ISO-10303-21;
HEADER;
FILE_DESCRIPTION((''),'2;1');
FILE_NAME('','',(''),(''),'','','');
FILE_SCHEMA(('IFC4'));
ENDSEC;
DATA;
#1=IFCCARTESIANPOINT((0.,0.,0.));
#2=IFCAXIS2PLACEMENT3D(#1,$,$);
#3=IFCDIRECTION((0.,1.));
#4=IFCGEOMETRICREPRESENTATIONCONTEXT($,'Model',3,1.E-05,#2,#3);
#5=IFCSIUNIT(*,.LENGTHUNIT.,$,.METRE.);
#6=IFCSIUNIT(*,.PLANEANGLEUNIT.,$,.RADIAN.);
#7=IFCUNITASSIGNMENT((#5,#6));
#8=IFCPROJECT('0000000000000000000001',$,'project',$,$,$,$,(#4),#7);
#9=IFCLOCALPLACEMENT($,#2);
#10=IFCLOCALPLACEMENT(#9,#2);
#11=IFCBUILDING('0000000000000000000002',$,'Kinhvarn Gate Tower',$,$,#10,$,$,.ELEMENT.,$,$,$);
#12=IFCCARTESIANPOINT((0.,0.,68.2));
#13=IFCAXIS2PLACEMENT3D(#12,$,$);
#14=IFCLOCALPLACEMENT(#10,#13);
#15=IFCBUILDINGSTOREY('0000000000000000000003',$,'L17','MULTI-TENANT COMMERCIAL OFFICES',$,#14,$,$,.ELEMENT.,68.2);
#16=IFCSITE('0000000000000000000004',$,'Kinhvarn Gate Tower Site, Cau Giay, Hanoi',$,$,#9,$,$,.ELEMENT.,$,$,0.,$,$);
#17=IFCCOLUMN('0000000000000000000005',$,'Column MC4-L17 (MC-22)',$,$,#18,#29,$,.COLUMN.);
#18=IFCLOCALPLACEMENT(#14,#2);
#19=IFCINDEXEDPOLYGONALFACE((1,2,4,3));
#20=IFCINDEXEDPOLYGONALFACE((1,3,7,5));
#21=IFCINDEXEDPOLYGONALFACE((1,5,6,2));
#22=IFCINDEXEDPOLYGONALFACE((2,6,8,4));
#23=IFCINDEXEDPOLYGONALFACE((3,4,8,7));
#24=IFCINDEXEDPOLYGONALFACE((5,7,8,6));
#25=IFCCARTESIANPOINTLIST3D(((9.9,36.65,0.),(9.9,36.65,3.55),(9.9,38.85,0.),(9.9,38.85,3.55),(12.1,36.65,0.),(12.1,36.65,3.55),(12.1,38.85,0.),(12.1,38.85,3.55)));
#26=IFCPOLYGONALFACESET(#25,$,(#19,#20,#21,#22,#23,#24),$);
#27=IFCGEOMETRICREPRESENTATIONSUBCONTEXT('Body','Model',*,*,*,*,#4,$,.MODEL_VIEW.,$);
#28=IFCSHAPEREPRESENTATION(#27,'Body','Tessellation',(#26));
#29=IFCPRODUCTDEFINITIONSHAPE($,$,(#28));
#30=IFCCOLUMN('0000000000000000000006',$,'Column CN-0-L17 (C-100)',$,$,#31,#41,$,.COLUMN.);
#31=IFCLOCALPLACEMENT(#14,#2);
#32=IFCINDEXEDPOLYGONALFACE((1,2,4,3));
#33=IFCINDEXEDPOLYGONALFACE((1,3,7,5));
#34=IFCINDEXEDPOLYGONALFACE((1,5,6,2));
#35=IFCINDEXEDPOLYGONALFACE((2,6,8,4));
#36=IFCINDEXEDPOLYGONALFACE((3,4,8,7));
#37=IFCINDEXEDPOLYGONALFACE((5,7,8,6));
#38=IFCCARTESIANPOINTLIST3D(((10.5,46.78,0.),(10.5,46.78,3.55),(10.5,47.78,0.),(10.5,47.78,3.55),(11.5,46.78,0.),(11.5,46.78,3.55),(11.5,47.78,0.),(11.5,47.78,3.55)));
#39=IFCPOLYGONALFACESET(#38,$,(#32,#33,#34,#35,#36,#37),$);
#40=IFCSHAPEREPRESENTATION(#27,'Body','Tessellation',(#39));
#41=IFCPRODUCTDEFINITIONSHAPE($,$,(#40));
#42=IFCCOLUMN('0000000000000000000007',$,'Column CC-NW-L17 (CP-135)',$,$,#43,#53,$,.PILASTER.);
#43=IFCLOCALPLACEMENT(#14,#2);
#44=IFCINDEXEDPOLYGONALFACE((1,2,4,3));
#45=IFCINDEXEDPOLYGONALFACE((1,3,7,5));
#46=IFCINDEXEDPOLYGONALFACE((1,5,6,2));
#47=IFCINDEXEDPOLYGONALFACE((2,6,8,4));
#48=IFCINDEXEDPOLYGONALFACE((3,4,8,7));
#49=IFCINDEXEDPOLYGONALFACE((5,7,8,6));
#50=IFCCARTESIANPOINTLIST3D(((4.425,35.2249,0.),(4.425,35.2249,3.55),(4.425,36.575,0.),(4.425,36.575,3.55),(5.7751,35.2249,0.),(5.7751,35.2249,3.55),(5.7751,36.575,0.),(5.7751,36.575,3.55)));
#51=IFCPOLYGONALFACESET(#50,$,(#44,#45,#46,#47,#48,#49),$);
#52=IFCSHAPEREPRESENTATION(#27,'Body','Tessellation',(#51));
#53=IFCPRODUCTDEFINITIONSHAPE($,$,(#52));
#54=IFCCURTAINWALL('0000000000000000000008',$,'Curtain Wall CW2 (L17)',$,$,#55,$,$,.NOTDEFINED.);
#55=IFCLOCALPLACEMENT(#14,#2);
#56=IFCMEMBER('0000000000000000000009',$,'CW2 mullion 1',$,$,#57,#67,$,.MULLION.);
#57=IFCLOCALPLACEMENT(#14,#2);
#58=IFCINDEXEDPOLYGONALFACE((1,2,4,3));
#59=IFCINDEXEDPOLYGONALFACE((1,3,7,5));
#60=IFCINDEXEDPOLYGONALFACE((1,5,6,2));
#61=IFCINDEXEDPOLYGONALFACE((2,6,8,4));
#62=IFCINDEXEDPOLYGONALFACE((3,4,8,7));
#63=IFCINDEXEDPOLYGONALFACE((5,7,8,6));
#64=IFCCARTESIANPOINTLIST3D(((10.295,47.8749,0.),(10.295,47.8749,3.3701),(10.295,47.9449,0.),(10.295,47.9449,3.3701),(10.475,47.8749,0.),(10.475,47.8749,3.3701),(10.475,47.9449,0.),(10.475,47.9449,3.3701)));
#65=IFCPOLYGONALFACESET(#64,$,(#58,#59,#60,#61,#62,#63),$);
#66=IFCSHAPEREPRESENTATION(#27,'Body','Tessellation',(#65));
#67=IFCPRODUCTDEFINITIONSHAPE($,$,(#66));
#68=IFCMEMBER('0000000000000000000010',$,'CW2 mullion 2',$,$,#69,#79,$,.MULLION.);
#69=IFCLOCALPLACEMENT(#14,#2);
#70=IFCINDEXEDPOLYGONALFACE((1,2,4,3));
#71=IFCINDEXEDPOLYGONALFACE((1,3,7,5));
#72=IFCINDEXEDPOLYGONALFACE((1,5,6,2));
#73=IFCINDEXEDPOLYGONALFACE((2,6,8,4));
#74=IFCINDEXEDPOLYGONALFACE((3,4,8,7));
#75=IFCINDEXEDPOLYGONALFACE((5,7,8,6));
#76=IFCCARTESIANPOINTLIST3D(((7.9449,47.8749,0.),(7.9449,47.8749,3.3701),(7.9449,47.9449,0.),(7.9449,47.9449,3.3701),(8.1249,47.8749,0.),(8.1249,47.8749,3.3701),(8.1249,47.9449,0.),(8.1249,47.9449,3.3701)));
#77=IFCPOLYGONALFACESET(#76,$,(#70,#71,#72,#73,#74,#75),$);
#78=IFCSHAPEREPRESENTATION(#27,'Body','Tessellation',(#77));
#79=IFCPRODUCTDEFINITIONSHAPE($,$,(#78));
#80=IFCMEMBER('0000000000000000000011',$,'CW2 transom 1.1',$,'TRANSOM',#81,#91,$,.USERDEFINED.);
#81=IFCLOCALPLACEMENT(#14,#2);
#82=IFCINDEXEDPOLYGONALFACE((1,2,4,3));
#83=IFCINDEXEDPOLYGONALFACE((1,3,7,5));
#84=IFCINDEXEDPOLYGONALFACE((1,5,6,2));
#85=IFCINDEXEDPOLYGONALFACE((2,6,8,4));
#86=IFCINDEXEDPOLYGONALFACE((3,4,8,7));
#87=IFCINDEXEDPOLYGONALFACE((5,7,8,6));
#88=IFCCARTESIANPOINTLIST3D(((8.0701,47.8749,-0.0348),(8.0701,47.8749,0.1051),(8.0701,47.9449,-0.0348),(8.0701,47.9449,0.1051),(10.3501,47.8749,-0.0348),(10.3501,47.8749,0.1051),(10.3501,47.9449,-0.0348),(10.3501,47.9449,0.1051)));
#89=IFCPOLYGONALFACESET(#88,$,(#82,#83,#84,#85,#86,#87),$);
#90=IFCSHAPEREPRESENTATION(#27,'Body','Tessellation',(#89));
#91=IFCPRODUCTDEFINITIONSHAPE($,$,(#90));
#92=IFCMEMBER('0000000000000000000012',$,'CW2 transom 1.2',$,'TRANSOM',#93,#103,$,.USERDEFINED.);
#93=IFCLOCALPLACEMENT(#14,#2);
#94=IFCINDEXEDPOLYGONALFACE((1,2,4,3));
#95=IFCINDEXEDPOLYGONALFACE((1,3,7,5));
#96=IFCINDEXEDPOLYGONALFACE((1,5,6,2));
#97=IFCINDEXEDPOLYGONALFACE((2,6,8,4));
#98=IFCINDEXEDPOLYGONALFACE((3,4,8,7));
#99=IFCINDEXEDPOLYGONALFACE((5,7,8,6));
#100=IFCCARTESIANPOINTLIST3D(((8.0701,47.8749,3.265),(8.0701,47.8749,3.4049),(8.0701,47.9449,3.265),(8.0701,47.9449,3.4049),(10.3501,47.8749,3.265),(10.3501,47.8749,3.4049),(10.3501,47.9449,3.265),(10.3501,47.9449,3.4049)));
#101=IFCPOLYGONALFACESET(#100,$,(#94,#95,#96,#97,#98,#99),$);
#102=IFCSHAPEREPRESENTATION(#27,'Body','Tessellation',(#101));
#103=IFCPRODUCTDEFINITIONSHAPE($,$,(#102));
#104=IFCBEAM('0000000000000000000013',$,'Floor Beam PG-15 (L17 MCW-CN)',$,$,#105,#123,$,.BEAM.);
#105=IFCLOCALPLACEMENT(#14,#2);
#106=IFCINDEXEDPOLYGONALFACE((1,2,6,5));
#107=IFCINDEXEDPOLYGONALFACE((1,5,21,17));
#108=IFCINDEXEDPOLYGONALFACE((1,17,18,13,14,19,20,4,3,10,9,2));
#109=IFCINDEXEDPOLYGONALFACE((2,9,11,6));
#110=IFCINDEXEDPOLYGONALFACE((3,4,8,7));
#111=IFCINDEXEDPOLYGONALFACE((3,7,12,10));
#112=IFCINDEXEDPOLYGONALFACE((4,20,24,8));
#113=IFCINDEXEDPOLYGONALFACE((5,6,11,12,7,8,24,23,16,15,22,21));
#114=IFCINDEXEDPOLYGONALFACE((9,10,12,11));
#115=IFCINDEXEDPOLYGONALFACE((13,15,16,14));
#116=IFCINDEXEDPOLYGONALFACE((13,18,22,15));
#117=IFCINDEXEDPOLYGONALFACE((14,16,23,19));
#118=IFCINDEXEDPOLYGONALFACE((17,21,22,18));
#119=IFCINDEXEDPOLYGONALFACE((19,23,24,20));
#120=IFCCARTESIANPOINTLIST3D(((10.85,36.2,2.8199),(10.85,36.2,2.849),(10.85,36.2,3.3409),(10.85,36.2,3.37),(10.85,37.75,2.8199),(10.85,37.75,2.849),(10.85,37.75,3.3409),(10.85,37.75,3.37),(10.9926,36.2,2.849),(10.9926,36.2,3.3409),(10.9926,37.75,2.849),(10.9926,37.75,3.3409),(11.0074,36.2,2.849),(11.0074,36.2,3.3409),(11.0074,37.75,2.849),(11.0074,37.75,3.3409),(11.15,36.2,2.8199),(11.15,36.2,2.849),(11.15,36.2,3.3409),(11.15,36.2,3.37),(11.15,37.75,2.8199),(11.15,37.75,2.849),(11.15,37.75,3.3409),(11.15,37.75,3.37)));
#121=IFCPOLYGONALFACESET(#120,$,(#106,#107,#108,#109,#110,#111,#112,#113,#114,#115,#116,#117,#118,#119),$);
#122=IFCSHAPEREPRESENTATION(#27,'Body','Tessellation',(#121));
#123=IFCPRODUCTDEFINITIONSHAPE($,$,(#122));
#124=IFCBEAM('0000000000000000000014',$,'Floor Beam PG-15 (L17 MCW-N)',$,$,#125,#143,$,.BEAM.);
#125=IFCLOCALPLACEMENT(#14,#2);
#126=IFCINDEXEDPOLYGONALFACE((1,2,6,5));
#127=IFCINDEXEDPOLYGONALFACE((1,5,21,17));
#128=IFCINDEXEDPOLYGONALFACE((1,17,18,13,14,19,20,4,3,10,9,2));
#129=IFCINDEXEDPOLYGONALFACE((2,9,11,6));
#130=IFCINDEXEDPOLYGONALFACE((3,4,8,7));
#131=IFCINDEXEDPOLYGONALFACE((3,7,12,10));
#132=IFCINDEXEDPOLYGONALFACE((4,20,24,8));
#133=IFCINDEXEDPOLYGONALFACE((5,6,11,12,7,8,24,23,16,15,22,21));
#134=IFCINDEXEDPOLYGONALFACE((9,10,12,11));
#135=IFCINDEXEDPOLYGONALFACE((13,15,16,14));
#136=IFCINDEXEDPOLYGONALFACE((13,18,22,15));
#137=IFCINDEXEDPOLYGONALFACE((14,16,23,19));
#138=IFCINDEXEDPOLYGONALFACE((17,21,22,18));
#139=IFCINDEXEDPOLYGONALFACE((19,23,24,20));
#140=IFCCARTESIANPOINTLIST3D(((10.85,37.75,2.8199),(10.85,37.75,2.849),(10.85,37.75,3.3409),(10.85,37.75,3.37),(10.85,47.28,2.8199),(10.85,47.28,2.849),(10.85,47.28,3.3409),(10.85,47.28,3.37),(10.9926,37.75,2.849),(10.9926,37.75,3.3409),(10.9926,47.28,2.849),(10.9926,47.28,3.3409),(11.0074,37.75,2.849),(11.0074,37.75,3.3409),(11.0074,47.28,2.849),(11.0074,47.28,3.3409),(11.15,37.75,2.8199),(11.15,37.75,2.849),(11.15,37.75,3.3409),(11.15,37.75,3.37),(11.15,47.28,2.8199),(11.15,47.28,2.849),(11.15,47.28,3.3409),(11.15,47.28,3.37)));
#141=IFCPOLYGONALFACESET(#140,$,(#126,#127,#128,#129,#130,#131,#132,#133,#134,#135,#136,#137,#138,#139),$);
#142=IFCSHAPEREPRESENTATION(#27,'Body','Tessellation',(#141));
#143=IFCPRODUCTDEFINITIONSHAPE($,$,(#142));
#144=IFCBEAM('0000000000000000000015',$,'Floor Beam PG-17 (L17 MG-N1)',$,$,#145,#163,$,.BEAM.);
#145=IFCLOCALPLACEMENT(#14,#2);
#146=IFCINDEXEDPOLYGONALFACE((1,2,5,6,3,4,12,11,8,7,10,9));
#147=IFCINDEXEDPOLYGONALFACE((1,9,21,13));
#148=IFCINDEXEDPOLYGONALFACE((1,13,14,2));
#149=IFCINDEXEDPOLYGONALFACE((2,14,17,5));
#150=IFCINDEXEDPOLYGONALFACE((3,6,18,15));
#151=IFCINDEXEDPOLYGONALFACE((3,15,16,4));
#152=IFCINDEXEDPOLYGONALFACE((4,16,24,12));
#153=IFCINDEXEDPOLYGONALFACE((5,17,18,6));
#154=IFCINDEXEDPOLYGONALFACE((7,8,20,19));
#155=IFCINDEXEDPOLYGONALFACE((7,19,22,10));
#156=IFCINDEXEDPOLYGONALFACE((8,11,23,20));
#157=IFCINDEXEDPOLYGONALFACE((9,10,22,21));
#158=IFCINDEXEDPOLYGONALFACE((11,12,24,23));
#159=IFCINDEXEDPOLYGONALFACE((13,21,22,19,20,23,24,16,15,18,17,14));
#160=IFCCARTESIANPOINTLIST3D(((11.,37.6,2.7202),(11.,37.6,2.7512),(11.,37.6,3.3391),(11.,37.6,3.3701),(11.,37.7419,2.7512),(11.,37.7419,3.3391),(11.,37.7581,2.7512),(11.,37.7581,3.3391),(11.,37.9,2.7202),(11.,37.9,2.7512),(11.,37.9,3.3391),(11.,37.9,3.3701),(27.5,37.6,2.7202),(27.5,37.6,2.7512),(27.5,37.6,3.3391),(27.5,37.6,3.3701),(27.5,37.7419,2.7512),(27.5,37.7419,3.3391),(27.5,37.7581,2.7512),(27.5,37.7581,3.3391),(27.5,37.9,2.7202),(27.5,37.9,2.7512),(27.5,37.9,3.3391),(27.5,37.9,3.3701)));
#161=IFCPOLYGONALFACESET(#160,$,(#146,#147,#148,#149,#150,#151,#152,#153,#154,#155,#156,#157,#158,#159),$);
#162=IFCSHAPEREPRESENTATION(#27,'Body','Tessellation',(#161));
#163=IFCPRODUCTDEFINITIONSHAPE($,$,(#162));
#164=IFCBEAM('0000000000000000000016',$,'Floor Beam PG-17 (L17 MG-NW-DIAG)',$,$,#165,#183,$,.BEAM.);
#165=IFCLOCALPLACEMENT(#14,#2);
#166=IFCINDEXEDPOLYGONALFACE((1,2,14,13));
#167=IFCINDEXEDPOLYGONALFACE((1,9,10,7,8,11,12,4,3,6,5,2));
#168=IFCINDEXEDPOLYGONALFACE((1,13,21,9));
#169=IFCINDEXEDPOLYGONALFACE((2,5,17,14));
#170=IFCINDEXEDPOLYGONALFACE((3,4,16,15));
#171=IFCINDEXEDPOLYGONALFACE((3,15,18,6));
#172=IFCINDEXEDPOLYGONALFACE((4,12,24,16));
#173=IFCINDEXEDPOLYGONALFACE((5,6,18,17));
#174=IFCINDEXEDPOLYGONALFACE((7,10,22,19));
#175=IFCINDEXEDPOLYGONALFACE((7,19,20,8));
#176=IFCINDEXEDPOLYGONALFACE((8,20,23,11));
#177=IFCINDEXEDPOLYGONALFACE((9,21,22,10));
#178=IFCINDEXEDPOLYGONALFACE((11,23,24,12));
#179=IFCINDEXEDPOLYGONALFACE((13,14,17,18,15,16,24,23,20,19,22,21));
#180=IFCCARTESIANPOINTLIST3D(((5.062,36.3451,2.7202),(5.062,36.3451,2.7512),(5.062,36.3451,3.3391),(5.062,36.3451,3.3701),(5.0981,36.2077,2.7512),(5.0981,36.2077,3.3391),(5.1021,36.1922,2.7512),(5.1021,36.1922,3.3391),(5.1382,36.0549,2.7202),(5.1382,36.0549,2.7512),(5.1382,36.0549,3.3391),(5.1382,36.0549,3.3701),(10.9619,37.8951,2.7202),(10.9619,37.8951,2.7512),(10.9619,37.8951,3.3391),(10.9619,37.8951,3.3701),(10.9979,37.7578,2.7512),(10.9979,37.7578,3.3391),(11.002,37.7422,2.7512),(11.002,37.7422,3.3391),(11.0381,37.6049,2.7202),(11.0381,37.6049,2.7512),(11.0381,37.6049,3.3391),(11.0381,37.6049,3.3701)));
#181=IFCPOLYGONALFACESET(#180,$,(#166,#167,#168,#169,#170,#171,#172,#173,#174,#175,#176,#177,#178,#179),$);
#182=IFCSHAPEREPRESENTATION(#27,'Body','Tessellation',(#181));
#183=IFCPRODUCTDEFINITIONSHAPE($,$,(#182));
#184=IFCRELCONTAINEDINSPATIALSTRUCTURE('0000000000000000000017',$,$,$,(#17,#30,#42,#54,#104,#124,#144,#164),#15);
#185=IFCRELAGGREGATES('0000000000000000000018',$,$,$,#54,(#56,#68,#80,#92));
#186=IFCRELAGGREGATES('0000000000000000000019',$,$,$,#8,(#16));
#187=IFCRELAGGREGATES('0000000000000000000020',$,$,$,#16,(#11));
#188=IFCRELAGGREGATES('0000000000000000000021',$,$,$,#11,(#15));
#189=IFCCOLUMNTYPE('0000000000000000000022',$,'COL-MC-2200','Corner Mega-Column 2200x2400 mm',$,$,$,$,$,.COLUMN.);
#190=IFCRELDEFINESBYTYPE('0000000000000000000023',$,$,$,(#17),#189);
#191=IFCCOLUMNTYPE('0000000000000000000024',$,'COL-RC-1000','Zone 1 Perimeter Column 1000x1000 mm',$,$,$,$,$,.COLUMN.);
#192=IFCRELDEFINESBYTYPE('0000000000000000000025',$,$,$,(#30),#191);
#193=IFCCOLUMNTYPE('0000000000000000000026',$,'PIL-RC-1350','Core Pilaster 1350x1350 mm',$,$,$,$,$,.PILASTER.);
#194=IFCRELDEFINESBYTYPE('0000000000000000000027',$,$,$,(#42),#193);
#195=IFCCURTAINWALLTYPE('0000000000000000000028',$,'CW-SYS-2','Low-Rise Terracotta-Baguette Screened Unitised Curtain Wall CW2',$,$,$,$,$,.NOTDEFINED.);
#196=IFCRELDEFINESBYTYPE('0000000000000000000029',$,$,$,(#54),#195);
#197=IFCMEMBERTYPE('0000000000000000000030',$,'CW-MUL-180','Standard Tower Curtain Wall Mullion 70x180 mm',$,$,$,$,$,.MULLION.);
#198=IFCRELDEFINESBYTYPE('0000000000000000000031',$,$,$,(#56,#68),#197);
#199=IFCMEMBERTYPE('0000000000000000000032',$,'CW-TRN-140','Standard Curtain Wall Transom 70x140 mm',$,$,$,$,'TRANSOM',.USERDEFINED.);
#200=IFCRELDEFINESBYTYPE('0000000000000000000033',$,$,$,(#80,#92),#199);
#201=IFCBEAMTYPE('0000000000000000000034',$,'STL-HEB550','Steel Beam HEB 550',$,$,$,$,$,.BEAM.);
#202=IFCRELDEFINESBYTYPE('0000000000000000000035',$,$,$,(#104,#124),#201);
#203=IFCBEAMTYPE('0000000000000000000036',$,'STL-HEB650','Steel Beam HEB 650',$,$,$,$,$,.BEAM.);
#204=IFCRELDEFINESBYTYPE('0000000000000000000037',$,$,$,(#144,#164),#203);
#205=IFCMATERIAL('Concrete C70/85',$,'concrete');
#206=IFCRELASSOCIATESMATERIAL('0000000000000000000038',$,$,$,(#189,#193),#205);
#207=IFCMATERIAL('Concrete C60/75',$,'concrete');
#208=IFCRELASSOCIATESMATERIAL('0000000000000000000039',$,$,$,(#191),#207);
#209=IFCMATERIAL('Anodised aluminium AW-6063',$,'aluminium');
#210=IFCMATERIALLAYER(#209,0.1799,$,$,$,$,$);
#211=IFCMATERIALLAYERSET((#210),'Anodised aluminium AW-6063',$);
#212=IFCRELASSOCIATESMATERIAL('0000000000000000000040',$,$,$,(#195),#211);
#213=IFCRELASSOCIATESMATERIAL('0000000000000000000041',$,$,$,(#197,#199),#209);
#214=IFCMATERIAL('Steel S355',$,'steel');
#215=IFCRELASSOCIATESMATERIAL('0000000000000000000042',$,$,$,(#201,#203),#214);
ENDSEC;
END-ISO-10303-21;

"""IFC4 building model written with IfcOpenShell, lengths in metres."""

from ifc_helpers import new_model, si_unit, direction, frame, origin, origin_2d, place, context, subcontext, project, spatial, rectangle, i_section, extrude, material, layer, layer_set, material_profile, profile_set, type_object, element, aggregate, save


model = new_model("IFC4")

# Units and contexts
model_context = context("Model", 3, precision=1e-05, world=origin(), true_north=direction((0.0, 1.0)))
body_context = subcontext(model_context, "Body", "Model", "MODEL_VIEW")
ifc_project = project(units=[si_unit("LENGTHUNIT", "METRE"), si_unit("PLANEANGLEUNIT", "RADIAN")], contexts=[model_context])

# Site, building, storey
site_placement = place(None, origin())
site = spatial("IfcSite", under=ifc_project, at=site_placement, Name="Kinhvarn Gate Tower Site, Cau Giay, Hanoi", CompositionType="ELEMENT", RefElevation=0.0)
building_placement = place(site_placement, origin())
building = spatial("IfcBuilding", under=site, at=building_placement, Name="Kinhvarn Gate Tower", CompositionType="ELEMENT")
storey_placement = place(building_placement, frame((0.0, 0.0, 68.2)))
storey = spatial("IfcBuildingStorey", under=building, at=storey_placement, Name="L17", Description="MULTI-TENANT COMMERCIAL OFFICES", CompositionType="ELEMENT", Elevation=68.2)

# Columns
ifc_material_1 = material(Name="Concrete C70/85", Category="concrete")
ifc_material_profile_1 = material_profile(ifc_material_1, rectangle(XDim=2.2, YDim=2.2, at=origin_2d()), Name="RC 2200x2200")
ifc_profile_set_1 = profile_set([ifc_material_profile_1], Name="Concrete C70/85")
column_type_1 = type_object("IfcColumnType", Name="COL-MC-2200", Description="Corner Mega-Column 2200x2400 mm", PredefinedType="COLUMN", material=ifc_profile_set_1)
column_1_placement = place(storey_placement, frame((11.0, 37.75, 0.0), z_axis=(0.0, 0.0, 1.0), x_axis=(1.0, 0.0, 0.0)))
element("IfcColumn", 1, at=column_1_placement, inside=storey, type_object=column_type_1, Name="Column MC4-L17 (MC-22)", PredefinedType="COLUMN", context=body_context, shape_type="SweptSolid", body=[
    extrude(rectangle(XDim=2.2, YDim=2.2, at=origin_2d()), origin(), (0.0, 0.0, 1.0), 3.55),
])
ifc_material_2 = material(Name="Concrete C60/75", Category="concrete")
ifc_material_profile_2 = material_profile(ifc_material_2, rectangle(XDim=1.0, YDim=1.0, at=origin_2d()), Name="RC 1000x1000")
ifc_profile_set_2 = profile_set([ifc_material_profile_2], Name="Concrete C60/75")
column_type_2 = type_object("IfcColumnType", Name="COL-RC-1000", Description="Zone 1 Perimeter Column 1000x1000 mm", PredefinedType="COLUMN", material=ifc_profile_set_2)
column_2_placement = place(storey_placement, frame((11.0, 47.28, 0.0), z_axis=(0.0, 0.0, 1.0), x_axis=(1.0, 0.0, 0.0)))
element("IfcColumn", 2, at=column_2_placement, inside=storey, type_object=column_type_2, Name="Column CN-0-L17 (C-100)", PredefinedType="COLUMN", context=body_context, shape_type="SweptSolid", body=[
    extrude(rectangle(XDim=1.0, YDim=1.0, at=origin_2d()), origin(), (0.0, 0.0, 1.0), 3.55),
])
ifc_material_profile_3 = material_profile(ifc_material_1, rectangle(XDim=1.3501, YDim=1.3501, at=origin_2d()), Name="RC 1350x1350")
ifc_profile_set_3 = profile_set([ifc_material_profile_3], Name="Concrete C70/85")
column_type_3 = type_object("IfcColumnType", Name="PIL-RC-1350", Description="Core Pilaster 1350x1350 mm", PredefinedType="PILASTER", material=ifc_profile_set_3)
column_3_placement = place(storey_placement, frame((5.1001, 35.8999, 0.0), z_axis=(0.0, 0.0, 1.0), x_axis=(1.0, 0.0, 0.0)))
element("IfcColumn", 3, at=column_3_placement, inside=storey, type_object=column_type_3, Name="Column CC-NW-L17 (CP-135)", PredefinedType="PILASTER", context=body_context, shape_type="SweptSolid", body=[
    extrude(rectangle(XDim=1.3501, YDim=1.3501, at=origin_2d()), origin(), (0.0, 0.0, 1.0), 3.55),
])

# Curtain wall, members
ifc_material_3 = material(Name="Anodised aluminium AW-6063", Category="aluminium")
ifc_layer_1 = layer(ifc_material_3, 0.1799)
ifc_layer_set_1 = layer_set([ifc_layer_1], Name="Anodised aluminium AW-6063")
curtain_wall_type = type_object("IfcCurtainWallType", Name="CW-SYS-2", Description="Low-Rise Terracotta-Baguette Screened Unitised Curtain Wall CW2", PredefinedType="NOTDEFINED", material=ifc_layer_set_1)
curtain_wall_placement = place(storey_placement, origin())
curtain_wall = element("IfcCurtainWall", 4, at=curtain_wall_placement, inside=storey, type_object=curtain_wall_type, Name="Curtain Wall CW2 (L17)", PredefinedType="NOTDEFINED")
ifc_material_profile_4 = material_profile(ifc_material_3, rectangle(XDim=0.0701, YDim=0.1799, at=origin_2d()), Name="ALU 70x180")
ifc_profile_set_4 = profile_set([ifc_material_profile_4], Name="Anodised aluminium AW-6063")
member_type_1 = type_object("IfcMemberType", Name="CW-MUL-180", Description="Standard Tower Curtain Wall Mullion 70x180 mm", PredefinedType="MULLION", material=ifc_profile_set_4)
member_1_placement = place(storey_placement, frame((10.385, 47.9099, 0.0), z_axis=(0.0, 0.0, 1.0), x_axis=(0.0, -1.0, 0.0)))
member_1 = element("IfcMember", 5, at=member_1_placement, type_object=member_type_1, Name="CW2 mullion 1", PredefinedType="MULLION", context=body_context, shape_type="SweptSolid", body=[
    extrude(rectangle(XDim=0.0701, YDim=0.1799, at=origin_2d()), origin(), (0.0, 0.0, 1.0), 3.3701),
])
member_2_placement = place(storey_placement, frame((8.0349, 47.9099, 0.0), z_axis=(0.0, 0.0, 1.0), x_axis=(0.0, -1.0, 0.0)))
member_2 = element("IfcMember", 6, at=member_2_placement, type_object=member_type_1, Name="CW2 mullion 2", PredefinedType="MULLION", context=body_context, shape_type="SweptSolid", body=[
    extrude(rectangle(XDim=0.0701, YDim=0.1799, at=origin_2d()), origin(), (0.0, 0.0, 1.0), 3.3701),
])
ifc_material_profile_5 = material_profile(ifc_material_3, rectangle(XDim=0.0701, YDim=0.1399, at=origin_2d()), Name="ALU 70x140")
ifc_profile_set_5 = profile_set([ifc_material_profile_5], Name="Anodised aluminium AW-6063")
member_type_2 = type_object("IfcMemberType", Name="CW-TRN-140", Description="Standard Curtain Wall Transom 70x140 mm", ElementType="TRANSOM", PredefinedType="USERDEFINED", material=ifc_profile_set_5)
member_3_placement = place(storey_placement, frame((10.3501, 47.9099, 0.0352), z_axis=(-1.0, 0.0, 0.0), x_axis=(0.0, -1.0, 0.0)))
member_3 = element("IfcMember", 7, at=member_3_placement, type_object=member_type_2, Name="CW2 transom 1.1", ObjectType="TRANSOM", PredefinedType="USERDEFINED", context=body_context, shape_type="SweptSolid", body=[
    extrude(rectangle(XDim=0.0701, YDim=0.1399, at=origin_2d()), origin(), (0.0, 0.0, 1.0), 2.28),
])
member_4_placement = place(storey_placement, frame((10.3501, 47.9099, 3.335), z_axis=(-1.0, 0.0, 0.0), x_axis=(0.0, -1.0, 0.0)))
member_4 = element("IfcMember", 8, at=member_4_placement, type_object=member_type_2, Name="CW2 transom 1.2", ObjectType="TRANSOM", PredefinedType="USERDEFINED", context=body_context, shape_type="SweptSolid", body=[
    extrude(rectangle(XDim=0.0701, YDim=0.1399, at=origin_2d()), origin(), (0.0, 0.0, 1.0), 2.28),
])

# Beams
ifc_material_4 = material(Name="Steel S355", Category="steel")
ifc_material_profile_6 = material_profile(ifc_material_4, i_section(OverallWidth=0.3, OverallDepth=0.55, WebThickness=0.0149, FlangeThickness=0.0291, at=origin_2d()), Name="HEB 550")
ifc_profile_set_6 = profile_set([ifc_material_profile_6], Name="Steel S355")
beam_type_1 = type_object("IfcBeamType", Name="STL-HEB550", Description="Steel Beam HEB 550", PredefinedType="BEAM", material=ifc_profile_set_6)
beam_1_placement = place(storey_placement, frame((11.0, 36.2, 3.095), z_axis=(0.0, 1.0, 0.0), x_axis=(-1.0, 0.0, 0.0)))
element("IfcBeam", 9, at=beam_1_placement, inside=storey, type_object=beam_type_1, Name="Floor Beam PG-15 (L17 MCW-CN)", PredefinedType="BEAM", context=body_context, shape_type="SweptSolid", body=[
    extrude(i_section(OverallWidth=0.3, OverallDepth=0.55, WebThickness=0.0149, FlangeThickness=0.0291, at=origin_2d()), origin(), (0.0, 0.0, 1.0), 1.55),
])
beam_2_placement = place(storey_placement, frame((11.0, 37.75, 3.095), z_axis=(0.0, 1.0, 0.0), x_axis=(-1.0, 0.0, 0.0)))
element("IfcBeam", 10, at=beam_2_placement, inside=storey, type_object=beam_type_1, Name="Floor Beam PG-15 (L17 MCW-N)", PredefinedType="BEAM", context=body_context, shape_type="SweptSolid", body=[
    extrude(i_section(OverallWidth=0.3, OverallDepth=0.55, WebThickness=0.0149, FlangeThickness=0.0291, at=origin_2d()), origin(), (0.0, 0.0, 1.0), 9.53),
])
ifc_material_profile_7 = material_profile(ifc_material_4, i_section(OverallWidth=0.3, OverallDepth=0.6499, WebThickness=0.0161, FlangeThickness=0.031, at=origin_2d()), Name="HEB 650")
ifc_profile_set_7 = profile_set([ifc_material_profile_7], Name="Steel S355")
beam_type_2 = type_object("IfcBeamType", Name="STL-HEB650", Description="Steel Beam HEB 650", PredefinedType="BEAM", material=ifc_profile_set_7)
beam_3_placement = place(storey_placement, frame((11.0, 37.75, 3.0452), z_axis=(1.0, 0.0, 0.0), x_axis=(0.0, 1.0, 0.0)))
element("IfcBeam", 11, at=beam_3_placement, inside=storey, type_object=beam_type_2, Name="Floor Beam PG-17 (L17 MG-N1)", PredefinedType="BEAM", context=body_context, shape_type="SweptSolid", body=[
    extrude(i_section(OverallWidth=0.3, OverallDepth=0.6499, WebThickness=0.0161, FlangeThickness=0.031, at=origin_2d()), origin(), (0.0, 0.0, 1.0), 16.5),
])
beam_4_placement = place(storey_placement, frame((5.1001, 36.2, 3.0452), z_axis=(0.967178, 0.254101, 0.0), x_axis=(-0.254101, 0.967178, 0.0)))
element("IfcBeam", 12, at=beam_4_placement, inside=storey, type_object=beam_type_2, Name="Floor Beam PG-17 (L17 MG-NW-DIAG)", PredefinedType="BEAM", context=body_context, shape_type="SweptSolid", body=[
    extrude(i_section(OverallWidth=0.3, OverallDepth=0.6499, WebThickness=0.0161, FlangeThickness=0.031, at=origin_2d()), origin(), (0.0, 0.0, 1.0), 6.1001),
])

aggregate(curtain_wall, [member_1, member_2, member_3, member_4])

save(model, "model.ifc")
